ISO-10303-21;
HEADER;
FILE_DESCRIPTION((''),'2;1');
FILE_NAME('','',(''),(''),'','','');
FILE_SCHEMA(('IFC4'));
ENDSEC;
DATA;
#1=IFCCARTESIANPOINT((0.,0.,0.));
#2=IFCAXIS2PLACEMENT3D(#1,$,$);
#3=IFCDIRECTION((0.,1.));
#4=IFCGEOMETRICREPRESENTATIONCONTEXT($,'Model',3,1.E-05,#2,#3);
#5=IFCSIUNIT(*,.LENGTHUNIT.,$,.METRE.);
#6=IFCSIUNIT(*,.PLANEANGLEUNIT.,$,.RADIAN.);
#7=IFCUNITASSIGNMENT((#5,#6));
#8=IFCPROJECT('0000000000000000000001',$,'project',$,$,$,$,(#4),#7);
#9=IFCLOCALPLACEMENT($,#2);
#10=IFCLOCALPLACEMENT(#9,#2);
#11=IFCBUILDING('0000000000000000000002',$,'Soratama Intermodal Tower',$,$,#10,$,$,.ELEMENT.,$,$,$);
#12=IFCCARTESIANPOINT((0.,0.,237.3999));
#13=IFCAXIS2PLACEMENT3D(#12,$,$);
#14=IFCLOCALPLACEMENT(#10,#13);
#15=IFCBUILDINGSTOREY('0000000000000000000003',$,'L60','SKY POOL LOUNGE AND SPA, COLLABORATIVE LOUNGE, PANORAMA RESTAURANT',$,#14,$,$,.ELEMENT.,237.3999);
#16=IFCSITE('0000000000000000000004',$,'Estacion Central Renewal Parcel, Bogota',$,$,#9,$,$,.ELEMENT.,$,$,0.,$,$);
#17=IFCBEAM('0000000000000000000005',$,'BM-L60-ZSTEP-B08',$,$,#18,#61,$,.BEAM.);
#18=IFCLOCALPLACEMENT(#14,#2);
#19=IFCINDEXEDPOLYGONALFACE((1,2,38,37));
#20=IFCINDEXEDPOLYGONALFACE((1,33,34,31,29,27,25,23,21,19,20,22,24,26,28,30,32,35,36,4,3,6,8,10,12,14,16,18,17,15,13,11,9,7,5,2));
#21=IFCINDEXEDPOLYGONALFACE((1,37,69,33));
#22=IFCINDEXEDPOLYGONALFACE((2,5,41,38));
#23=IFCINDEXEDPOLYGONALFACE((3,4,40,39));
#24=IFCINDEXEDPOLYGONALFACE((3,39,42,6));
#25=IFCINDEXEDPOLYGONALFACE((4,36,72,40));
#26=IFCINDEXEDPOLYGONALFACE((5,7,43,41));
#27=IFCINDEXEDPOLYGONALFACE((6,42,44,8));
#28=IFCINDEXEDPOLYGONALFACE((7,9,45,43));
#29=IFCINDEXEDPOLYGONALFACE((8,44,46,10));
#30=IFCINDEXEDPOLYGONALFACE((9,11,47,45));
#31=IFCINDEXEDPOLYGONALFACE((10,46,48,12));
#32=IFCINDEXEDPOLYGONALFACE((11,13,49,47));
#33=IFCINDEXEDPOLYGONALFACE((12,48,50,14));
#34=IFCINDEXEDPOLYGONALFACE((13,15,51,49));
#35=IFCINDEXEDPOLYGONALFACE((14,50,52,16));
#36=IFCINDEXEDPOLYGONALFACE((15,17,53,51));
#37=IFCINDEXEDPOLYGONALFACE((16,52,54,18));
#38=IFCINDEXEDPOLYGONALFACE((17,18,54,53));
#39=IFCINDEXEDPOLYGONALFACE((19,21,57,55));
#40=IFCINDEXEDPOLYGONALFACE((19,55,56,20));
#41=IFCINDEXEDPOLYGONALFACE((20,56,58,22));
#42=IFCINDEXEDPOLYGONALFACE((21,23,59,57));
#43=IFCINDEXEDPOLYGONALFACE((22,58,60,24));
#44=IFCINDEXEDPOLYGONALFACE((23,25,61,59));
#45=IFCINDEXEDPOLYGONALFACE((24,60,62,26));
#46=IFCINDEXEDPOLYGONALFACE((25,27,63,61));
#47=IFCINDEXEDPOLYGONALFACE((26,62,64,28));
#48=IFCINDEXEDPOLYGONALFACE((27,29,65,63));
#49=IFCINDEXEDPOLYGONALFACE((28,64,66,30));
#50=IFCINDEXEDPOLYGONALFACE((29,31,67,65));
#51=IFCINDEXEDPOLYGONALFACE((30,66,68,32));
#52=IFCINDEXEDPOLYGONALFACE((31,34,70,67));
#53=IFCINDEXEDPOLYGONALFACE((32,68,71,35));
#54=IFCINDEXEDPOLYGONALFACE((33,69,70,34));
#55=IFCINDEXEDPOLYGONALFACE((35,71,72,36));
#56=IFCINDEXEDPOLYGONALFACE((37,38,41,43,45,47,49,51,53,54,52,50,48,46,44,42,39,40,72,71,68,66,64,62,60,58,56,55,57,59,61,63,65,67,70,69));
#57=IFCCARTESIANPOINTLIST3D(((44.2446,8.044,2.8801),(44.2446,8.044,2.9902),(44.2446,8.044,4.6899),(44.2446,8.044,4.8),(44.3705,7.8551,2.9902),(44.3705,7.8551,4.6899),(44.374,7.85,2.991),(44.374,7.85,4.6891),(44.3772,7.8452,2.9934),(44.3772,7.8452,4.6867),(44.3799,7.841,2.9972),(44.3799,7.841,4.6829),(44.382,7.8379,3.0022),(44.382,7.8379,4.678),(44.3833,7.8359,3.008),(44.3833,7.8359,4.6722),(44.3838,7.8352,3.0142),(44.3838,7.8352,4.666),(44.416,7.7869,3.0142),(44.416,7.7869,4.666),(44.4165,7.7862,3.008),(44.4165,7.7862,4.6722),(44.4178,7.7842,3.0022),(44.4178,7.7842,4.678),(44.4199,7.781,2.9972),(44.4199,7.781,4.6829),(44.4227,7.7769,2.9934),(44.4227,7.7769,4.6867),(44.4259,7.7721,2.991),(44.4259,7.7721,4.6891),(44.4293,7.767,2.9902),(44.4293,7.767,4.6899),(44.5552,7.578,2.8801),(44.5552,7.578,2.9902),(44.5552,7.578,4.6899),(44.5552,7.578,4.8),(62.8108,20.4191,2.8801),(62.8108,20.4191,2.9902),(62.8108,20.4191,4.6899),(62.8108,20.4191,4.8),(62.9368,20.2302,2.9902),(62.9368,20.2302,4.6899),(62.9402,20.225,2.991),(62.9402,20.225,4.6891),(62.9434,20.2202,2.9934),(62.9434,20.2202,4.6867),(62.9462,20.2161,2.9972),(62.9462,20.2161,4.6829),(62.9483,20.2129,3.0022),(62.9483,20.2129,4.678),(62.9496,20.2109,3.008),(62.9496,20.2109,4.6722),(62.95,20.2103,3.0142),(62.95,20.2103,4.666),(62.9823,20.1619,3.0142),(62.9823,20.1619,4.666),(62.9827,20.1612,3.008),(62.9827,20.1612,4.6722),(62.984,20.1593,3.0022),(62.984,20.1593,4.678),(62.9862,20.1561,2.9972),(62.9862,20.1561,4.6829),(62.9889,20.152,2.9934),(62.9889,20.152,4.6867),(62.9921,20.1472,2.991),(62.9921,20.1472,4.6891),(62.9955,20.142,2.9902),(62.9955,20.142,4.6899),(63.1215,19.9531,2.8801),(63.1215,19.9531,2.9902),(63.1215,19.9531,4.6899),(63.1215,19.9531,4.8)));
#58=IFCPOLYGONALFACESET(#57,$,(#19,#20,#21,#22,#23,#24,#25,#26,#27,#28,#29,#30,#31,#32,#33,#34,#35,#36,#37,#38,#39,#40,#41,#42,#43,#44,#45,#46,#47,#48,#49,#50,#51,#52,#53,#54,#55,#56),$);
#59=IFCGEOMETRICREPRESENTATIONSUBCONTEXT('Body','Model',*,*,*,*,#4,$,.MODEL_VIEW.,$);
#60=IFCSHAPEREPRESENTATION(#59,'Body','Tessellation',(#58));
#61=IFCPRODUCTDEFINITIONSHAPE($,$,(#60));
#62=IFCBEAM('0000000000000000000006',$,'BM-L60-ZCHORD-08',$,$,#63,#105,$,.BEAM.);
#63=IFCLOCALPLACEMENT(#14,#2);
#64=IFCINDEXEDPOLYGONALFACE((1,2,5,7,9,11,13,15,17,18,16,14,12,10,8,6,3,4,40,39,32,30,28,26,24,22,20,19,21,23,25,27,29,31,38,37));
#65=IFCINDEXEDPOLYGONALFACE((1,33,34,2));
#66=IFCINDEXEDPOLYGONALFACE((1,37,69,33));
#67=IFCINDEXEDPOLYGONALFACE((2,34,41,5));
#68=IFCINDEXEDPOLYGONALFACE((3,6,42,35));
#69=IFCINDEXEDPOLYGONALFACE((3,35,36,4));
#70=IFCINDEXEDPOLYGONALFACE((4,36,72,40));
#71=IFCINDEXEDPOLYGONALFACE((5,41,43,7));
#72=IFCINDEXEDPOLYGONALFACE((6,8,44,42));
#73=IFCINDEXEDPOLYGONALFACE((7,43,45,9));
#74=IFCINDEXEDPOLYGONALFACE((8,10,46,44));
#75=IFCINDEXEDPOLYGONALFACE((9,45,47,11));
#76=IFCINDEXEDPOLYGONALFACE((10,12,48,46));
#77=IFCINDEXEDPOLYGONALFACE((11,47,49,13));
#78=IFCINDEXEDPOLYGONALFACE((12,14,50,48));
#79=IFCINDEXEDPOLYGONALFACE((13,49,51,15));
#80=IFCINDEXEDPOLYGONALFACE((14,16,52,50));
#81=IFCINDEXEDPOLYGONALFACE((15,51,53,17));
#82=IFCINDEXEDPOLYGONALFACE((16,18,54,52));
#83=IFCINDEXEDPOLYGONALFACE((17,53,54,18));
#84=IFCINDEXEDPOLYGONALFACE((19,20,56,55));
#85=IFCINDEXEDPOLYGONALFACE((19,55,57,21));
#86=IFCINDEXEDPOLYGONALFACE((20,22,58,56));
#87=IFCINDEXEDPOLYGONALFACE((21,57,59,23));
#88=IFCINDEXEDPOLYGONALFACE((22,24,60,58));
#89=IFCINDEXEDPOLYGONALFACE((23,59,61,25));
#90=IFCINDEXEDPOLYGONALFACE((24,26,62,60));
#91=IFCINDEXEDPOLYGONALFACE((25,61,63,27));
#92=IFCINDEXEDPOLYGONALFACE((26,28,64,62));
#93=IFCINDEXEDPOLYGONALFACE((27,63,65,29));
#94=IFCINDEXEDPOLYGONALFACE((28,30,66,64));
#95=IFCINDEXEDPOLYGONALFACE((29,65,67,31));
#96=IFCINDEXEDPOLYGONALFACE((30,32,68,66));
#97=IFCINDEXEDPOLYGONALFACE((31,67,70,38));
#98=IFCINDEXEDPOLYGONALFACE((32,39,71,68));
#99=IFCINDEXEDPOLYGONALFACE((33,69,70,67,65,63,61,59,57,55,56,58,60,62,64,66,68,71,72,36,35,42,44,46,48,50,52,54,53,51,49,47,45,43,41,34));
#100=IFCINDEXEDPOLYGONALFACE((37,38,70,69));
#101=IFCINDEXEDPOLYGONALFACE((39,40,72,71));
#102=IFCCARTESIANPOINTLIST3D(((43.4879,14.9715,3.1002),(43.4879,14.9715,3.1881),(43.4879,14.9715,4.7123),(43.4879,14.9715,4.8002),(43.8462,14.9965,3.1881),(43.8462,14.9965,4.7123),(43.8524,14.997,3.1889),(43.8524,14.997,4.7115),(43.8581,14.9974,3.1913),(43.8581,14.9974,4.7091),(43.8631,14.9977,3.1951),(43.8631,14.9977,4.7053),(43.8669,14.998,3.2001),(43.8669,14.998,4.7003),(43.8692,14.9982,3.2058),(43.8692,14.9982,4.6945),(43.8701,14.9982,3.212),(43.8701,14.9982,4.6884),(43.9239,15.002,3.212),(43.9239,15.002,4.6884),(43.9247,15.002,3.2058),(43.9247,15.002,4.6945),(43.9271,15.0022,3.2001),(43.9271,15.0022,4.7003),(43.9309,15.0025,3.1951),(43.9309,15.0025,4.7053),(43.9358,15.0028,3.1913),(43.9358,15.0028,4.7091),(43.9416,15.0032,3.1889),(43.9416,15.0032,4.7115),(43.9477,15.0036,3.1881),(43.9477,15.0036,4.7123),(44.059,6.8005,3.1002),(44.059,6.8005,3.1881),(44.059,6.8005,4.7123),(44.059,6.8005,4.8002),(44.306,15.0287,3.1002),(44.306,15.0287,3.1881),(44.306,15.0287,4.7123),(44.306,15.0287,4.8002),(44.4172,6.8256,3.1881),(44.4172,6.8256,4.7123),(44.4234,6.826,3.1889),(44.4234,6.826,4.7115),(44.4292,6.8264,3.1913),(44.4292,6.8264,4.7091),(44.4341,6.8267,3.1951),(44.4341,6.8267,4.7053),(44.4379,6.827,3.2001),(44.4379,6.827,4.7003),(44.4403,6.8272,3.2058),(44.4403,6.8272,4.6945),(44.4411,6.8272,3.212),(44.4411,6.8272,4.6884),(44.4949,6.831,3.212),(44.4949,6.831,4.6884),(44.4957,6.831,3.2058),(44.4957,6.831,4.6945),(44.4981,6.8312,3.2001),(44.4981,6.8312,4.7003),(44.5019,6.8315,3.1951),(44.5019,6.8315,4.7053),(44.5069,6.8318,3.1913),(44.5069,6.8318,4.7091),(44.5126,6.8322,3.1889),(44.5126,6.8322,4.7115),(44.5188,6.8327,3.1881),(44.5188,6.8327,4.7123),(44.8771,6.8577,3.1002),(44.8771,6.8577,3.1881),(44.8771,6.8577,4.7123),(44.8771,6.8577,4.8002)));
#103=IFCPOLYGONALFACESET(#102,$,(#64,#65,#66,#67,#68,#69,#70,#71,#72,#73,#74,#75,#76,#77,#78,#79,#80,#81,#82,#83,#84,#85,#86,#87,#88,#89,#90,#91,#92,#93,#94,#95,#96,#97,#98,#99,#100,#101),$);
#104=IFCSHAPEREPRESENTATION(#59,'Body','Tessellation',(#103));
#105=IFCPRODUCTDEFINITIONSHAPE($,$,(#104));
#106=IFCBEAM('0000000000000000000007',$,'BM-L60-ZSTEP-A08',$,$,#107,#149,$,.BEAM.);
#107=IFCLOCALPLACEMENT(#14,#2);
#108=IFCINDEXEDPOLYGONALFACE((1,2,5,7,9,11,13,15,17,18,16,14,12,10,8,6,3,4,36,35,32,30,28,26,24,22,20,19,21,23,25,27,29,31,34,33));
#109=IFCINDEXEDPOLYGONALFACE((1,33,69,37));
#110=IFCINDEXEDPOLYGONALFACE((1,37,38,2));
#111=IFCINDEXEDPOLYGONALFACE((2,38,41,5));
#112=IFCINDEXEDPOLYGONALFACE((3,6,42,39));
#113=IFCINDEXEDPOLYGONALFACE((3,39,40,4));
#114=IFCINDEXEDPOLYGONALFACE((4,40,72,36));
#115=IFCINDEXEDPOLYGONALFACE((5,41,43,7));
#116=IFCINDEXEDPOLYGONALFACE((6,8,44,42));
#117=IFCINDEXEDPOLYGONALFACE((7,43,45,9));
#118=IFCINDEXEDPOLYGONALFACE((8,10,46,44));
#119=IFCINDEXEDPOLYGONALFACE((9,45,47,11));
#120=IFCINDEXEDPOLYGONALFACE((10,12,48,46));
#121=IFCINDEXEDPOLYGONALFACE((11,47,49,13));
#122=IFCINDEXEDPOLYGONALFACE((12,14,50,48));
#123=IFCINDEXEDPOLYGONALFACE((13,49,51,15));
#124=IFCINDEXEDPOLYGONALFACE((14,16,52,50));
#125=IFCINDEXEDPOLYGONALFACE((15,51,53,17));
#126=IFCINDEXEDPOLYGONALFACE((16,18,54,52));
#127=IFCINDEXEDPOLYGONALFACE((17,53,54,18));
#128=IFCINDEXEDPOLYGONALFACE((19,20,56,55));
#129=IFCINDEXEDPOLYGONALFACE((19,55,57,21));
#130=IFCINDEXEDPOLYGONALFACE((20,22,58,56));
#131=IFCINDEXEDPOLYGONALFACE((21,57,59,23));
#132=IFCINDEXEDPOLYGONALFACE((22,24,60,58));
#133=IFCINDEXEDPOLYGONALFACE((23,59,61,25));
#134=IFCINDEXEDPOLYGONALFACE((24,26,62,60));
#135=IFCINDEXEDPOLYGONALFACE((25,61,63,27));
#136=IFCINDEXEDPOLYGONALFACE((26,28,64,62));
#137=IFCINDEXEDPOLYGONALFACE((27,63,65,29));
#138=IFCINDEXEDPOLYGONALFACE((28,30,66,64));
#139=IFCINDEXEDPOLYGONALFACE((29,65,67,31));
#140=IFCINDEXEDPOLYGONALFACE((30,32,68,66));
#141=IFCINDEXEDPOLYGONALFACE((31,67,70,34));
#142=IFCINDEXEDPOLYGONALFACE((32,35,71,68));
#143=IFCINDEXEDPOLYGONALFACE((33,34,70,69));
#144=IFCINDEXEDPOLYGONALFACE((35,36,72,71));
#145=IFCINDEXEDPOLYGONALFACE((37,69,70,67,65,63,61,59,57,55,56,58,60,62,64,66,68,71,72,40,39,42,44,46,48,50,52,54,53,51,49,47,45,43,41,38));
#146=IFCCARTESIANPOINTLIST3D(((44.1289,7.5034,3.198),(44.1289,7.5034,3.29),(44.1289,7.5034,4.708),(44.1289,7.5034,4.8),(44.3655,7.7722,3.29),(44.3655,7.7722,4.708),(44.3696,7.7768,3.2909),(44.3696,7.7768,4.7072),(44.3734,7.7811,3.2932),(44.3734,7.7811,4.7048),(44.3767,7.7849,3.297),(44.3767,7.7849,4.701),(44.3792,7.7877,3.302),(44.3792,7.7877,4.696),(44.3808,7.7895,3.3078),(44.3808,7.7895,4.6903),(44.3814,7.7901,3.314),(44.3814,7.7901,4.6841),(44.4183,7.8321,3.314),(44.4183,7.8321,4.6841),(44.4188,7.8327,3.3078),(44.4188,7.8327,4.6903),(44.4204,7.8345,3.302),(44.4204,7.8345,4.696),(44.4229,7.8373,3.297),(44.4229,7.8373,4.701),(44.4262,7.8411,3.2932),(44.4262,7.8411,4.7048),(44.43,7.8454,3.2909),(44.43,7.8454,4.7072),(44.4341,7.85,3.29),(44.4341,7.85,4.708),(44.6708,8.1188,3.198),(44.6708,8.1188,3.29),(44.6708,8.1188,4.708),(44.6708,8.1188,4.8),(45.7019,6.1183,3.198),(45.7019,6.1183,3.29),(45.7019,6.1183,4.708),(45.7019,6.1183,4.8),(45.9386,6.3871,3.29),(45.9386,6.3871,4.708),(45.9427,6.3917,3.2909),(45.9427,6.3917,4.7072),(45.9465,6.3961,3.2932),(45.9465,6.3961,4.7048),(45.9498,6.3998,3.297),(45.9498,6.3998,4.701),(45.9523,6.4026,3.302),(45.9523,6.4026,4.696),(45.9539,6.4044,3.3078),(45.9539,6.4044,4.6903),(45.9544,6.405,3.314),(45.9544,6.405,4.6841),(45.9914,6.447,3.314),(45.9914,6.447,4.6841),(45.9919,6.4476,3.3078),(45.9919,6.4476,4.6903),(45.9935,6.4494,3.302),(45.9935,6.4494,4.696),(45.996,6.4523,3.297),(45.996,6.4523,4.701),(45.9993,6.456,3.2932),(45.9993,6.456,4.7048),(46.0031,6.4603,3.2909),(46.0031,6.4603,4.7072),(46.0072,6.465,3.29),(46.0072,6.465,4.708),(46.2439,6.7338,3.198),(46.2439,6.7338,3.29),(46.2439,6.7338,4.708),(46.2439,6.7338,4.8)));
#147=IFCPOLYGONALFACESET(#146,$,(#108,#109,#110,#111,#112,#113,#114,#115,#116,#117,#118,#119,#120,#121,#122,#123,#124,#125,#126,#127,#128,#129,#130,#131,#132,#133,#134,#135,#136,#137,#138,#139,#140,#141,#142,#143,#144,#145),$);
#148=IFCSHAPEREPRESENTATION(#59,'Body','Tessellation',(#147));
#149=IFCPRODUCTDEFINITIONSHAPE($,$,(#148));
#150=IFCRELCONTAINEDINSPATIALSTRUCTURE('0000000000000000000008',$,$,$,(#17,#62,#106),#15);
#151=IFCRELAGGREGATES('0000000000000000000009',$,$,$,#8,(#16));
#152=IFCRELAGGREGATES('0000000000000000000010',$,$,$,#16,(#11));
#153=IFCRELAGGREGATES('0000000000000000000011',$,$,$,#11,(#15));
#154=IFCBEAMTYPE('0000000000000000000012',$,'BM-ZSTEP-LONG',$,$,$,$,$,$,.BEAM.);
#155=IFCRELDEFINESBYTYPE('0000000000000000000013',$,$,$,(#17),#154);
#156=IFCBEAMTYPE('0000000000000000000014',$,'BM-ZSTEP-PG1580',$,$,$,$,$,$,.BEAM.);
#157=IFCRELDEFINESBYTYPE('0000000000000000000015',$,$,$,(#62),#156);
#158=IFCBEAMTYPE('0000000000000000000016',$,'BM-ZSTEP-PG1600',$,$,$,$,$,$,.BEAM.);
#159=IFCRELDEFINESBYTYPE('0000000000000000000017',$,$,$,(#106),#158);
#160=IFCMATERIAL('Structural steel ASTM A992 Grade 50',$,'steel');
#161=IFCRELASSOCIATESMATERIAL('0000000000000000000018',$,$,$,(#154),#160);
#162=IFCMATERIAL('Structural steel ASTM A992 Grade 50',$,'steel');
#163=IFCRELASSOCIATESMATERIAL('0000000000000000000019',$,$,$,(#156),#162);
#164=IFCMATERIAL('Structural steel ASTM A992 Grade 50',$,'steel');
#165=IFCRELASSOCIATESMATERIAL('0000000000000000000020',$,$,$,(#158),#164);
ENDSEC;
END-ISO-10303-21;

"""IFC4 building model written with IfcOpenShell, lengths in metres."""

from ifc_helpers import new_model, si_unit, direction, frame, origin, origin_2d, place, context, subcontext, project, spatial, i_section, extrude, material, material_profile, profile_set, type_object, element, save


model = new_model("IFC4")

# Units and contexts
model_context = context("Model", 3, precision=1e-05, world=origin(), true_north=direction((0.0, 1.0)))
body_context = subcontext(model_context, "Body", "Model", "MODEL_VIEW")
ifc_project = project(units=[si_unit("LENGTHUNIT", "METRE"), si_unit("PLANEANGLEUNIT", "RADIAN")], contexts=[model_context])

# Site, building, storey
site_placement = place(None, origin())
site = spatial("IfcSite", under=ifc_project, at=site_placement, Name="Estacion Central Renewal Parcel, Bogota", CompositionType="ELEMENT", RefElevation=0.0)
building_placement = place(site_placement, origin())
building = spatial("IfcBuilding", under=site, at=building_placement, Name="Soratama Intermodal Tower", CompositionType="ELEMENT")
storey_placement = place(building_placement, frame((0.0, 0.0, 237.3999)))
storey = spatial("IfcBuildingStorey", under=building, at=storey_placement, Name="L60", Description="SKY POOL LOUNGE AND SPA, COLLABORATIVE LOUNGE, PANORAMA RESTAURANT", CompositionType="ELEMENT", Elevation=237.3999)

# Beams
ifc_material_1 = material(Name="Structural steel ASTM A992 Grade 50", Category="steel")
ifc_material_profile_1 = material_profile(ifc_material_1, i_section(OverallWidth=0.5601, OverallDepth=1.9199, WebThickness=0.0581, FlangeThickness=0.1101, FilletRadius=0.0239, at=origin_2d()), Name="PG2150X720")
ifc_profile_set_1 = profile_set([ifc_material_profile_1], Name="Structural steel ASTM A992 Grade 50")
beam_type_1 = type_object("IfcBeamType", Name="BM-ZSTEP-LONG", PredefinedType="BEAM", material=ifc_profile_set_1)
beam_1_placement = place(storey_placement, frame((44.3999, 7.811, 3.8401), z_axis=(0.832101, 0.554624, 0.0), x_axis=(-0.554624, 0.832101, 0.0)))
element("IfcBeam", 1, at=beam_1_placement, inside=storey, type_object=beam_type_1, Name="BM-L60-ZSTEP-B08", PredefinedType="BEAM", context=body_context, shape_type="SweptSolid", body=[
    extrude(i_section(OverallWidth=0.5601, OverallDepth=1.9199, WebThickness=0.0581, FlangeThickness=0.1101, FilletRadius=0.0239, at=origin_2d()), origin(), (0.0, 0.0, 1.0), 22.3125),
])
ifc_material_2 = material(Name="Structural steel ASTM A992 Grade 50", Category="steel")
ifc_material_profile_2 = material_profile(ifc_material_2, i_section(OverallWidth=0.8201, OverallDepth=1.7, WebThickness=0.054, FlangeThickness=0.0879, FilletRadius=0.0239, at=origin_2d()), Name="PG1580X800")
ifc_profile_set_2 = profile_set([ifc_material_profile_2], Name="Structural steel ASTM A992 Grade 50")
beam_type_2 = type_object("IfcBeamType", Name="BM-ZSTEP-PG1580", PredefinedType="BEAM", material=ifc_profile_set_2)
beam_2_placement = place(storey_placement, frame((44.468, 6.8291, 3.9502), z_axis=(-0.069718, 0.997567, 0.0), x_axis=(-0.997567, -0.069718, 0.0)))
element("IfcBeam", 2, at=beam_2_placement, inside=storey, type_object=beam_type_2, Name="BM-L60-ZCHORD-08", PredefinedType="BEAM", context=body_context, shape_type="SweptSolid", body=[
    extrude(i_section(OverallWidth=0.8201, OverallDepth=1.7, WebThickness=0.054, FlangeThickness=0.0879, FilletRadius=0.0239, at=origin_2d()), origin(), (0.0, 0.0, 1.0), 8.1909),
])
ifc_material_3 = material(Name="Structural steel ASTM A992 Grade 50", Category="steel")
ifc_material_profile_3 = material_profile(ifc_material_3, i_section(OverallWidth=0.8201, OverallDepth=1.6021, WebThickness=0.0559, FlangeThickness=0.092, FilletRadius=0.0239, at=origin_2d()), Name="PG1600X650")
ifc_profile_set_3 = profile_set([ifc_material_profile_3], Name="Structural steel ASTM A992 Grade 50")
beam_type_3 = type_object("IfcBeamType", Name="BM-ZSTEP-PG1600", PredefinedType="BEAM", material=ifc_profile_set_3)
beam_3_placement = place(storey_placement, frame((45.9729, 6.426, 3.999), z_axis=(-0.750531, 0.660835, 0.0), x_axis=(-0.660835, -0.750531, 0.0)))
element("IfcBeam", 3, at=beam_3_placement, inside=storey, type_object=beam_type_3, Name="BM-L60-ZSTEP-A08", PredefinedType="BEAM", context=body_context, shape_type="SweptSolid", body=[
    extrude(i_section(OverallWidth=0.8201, OverallDepth=1.6021, WebThickness=0.0559, FlangeThickness=0.092, FilletRadius=0.0239, at=origin_2d()), origin(), (0.0, 0.0, 1.0), 2.0959),
])

save(model, "model.ifc")
